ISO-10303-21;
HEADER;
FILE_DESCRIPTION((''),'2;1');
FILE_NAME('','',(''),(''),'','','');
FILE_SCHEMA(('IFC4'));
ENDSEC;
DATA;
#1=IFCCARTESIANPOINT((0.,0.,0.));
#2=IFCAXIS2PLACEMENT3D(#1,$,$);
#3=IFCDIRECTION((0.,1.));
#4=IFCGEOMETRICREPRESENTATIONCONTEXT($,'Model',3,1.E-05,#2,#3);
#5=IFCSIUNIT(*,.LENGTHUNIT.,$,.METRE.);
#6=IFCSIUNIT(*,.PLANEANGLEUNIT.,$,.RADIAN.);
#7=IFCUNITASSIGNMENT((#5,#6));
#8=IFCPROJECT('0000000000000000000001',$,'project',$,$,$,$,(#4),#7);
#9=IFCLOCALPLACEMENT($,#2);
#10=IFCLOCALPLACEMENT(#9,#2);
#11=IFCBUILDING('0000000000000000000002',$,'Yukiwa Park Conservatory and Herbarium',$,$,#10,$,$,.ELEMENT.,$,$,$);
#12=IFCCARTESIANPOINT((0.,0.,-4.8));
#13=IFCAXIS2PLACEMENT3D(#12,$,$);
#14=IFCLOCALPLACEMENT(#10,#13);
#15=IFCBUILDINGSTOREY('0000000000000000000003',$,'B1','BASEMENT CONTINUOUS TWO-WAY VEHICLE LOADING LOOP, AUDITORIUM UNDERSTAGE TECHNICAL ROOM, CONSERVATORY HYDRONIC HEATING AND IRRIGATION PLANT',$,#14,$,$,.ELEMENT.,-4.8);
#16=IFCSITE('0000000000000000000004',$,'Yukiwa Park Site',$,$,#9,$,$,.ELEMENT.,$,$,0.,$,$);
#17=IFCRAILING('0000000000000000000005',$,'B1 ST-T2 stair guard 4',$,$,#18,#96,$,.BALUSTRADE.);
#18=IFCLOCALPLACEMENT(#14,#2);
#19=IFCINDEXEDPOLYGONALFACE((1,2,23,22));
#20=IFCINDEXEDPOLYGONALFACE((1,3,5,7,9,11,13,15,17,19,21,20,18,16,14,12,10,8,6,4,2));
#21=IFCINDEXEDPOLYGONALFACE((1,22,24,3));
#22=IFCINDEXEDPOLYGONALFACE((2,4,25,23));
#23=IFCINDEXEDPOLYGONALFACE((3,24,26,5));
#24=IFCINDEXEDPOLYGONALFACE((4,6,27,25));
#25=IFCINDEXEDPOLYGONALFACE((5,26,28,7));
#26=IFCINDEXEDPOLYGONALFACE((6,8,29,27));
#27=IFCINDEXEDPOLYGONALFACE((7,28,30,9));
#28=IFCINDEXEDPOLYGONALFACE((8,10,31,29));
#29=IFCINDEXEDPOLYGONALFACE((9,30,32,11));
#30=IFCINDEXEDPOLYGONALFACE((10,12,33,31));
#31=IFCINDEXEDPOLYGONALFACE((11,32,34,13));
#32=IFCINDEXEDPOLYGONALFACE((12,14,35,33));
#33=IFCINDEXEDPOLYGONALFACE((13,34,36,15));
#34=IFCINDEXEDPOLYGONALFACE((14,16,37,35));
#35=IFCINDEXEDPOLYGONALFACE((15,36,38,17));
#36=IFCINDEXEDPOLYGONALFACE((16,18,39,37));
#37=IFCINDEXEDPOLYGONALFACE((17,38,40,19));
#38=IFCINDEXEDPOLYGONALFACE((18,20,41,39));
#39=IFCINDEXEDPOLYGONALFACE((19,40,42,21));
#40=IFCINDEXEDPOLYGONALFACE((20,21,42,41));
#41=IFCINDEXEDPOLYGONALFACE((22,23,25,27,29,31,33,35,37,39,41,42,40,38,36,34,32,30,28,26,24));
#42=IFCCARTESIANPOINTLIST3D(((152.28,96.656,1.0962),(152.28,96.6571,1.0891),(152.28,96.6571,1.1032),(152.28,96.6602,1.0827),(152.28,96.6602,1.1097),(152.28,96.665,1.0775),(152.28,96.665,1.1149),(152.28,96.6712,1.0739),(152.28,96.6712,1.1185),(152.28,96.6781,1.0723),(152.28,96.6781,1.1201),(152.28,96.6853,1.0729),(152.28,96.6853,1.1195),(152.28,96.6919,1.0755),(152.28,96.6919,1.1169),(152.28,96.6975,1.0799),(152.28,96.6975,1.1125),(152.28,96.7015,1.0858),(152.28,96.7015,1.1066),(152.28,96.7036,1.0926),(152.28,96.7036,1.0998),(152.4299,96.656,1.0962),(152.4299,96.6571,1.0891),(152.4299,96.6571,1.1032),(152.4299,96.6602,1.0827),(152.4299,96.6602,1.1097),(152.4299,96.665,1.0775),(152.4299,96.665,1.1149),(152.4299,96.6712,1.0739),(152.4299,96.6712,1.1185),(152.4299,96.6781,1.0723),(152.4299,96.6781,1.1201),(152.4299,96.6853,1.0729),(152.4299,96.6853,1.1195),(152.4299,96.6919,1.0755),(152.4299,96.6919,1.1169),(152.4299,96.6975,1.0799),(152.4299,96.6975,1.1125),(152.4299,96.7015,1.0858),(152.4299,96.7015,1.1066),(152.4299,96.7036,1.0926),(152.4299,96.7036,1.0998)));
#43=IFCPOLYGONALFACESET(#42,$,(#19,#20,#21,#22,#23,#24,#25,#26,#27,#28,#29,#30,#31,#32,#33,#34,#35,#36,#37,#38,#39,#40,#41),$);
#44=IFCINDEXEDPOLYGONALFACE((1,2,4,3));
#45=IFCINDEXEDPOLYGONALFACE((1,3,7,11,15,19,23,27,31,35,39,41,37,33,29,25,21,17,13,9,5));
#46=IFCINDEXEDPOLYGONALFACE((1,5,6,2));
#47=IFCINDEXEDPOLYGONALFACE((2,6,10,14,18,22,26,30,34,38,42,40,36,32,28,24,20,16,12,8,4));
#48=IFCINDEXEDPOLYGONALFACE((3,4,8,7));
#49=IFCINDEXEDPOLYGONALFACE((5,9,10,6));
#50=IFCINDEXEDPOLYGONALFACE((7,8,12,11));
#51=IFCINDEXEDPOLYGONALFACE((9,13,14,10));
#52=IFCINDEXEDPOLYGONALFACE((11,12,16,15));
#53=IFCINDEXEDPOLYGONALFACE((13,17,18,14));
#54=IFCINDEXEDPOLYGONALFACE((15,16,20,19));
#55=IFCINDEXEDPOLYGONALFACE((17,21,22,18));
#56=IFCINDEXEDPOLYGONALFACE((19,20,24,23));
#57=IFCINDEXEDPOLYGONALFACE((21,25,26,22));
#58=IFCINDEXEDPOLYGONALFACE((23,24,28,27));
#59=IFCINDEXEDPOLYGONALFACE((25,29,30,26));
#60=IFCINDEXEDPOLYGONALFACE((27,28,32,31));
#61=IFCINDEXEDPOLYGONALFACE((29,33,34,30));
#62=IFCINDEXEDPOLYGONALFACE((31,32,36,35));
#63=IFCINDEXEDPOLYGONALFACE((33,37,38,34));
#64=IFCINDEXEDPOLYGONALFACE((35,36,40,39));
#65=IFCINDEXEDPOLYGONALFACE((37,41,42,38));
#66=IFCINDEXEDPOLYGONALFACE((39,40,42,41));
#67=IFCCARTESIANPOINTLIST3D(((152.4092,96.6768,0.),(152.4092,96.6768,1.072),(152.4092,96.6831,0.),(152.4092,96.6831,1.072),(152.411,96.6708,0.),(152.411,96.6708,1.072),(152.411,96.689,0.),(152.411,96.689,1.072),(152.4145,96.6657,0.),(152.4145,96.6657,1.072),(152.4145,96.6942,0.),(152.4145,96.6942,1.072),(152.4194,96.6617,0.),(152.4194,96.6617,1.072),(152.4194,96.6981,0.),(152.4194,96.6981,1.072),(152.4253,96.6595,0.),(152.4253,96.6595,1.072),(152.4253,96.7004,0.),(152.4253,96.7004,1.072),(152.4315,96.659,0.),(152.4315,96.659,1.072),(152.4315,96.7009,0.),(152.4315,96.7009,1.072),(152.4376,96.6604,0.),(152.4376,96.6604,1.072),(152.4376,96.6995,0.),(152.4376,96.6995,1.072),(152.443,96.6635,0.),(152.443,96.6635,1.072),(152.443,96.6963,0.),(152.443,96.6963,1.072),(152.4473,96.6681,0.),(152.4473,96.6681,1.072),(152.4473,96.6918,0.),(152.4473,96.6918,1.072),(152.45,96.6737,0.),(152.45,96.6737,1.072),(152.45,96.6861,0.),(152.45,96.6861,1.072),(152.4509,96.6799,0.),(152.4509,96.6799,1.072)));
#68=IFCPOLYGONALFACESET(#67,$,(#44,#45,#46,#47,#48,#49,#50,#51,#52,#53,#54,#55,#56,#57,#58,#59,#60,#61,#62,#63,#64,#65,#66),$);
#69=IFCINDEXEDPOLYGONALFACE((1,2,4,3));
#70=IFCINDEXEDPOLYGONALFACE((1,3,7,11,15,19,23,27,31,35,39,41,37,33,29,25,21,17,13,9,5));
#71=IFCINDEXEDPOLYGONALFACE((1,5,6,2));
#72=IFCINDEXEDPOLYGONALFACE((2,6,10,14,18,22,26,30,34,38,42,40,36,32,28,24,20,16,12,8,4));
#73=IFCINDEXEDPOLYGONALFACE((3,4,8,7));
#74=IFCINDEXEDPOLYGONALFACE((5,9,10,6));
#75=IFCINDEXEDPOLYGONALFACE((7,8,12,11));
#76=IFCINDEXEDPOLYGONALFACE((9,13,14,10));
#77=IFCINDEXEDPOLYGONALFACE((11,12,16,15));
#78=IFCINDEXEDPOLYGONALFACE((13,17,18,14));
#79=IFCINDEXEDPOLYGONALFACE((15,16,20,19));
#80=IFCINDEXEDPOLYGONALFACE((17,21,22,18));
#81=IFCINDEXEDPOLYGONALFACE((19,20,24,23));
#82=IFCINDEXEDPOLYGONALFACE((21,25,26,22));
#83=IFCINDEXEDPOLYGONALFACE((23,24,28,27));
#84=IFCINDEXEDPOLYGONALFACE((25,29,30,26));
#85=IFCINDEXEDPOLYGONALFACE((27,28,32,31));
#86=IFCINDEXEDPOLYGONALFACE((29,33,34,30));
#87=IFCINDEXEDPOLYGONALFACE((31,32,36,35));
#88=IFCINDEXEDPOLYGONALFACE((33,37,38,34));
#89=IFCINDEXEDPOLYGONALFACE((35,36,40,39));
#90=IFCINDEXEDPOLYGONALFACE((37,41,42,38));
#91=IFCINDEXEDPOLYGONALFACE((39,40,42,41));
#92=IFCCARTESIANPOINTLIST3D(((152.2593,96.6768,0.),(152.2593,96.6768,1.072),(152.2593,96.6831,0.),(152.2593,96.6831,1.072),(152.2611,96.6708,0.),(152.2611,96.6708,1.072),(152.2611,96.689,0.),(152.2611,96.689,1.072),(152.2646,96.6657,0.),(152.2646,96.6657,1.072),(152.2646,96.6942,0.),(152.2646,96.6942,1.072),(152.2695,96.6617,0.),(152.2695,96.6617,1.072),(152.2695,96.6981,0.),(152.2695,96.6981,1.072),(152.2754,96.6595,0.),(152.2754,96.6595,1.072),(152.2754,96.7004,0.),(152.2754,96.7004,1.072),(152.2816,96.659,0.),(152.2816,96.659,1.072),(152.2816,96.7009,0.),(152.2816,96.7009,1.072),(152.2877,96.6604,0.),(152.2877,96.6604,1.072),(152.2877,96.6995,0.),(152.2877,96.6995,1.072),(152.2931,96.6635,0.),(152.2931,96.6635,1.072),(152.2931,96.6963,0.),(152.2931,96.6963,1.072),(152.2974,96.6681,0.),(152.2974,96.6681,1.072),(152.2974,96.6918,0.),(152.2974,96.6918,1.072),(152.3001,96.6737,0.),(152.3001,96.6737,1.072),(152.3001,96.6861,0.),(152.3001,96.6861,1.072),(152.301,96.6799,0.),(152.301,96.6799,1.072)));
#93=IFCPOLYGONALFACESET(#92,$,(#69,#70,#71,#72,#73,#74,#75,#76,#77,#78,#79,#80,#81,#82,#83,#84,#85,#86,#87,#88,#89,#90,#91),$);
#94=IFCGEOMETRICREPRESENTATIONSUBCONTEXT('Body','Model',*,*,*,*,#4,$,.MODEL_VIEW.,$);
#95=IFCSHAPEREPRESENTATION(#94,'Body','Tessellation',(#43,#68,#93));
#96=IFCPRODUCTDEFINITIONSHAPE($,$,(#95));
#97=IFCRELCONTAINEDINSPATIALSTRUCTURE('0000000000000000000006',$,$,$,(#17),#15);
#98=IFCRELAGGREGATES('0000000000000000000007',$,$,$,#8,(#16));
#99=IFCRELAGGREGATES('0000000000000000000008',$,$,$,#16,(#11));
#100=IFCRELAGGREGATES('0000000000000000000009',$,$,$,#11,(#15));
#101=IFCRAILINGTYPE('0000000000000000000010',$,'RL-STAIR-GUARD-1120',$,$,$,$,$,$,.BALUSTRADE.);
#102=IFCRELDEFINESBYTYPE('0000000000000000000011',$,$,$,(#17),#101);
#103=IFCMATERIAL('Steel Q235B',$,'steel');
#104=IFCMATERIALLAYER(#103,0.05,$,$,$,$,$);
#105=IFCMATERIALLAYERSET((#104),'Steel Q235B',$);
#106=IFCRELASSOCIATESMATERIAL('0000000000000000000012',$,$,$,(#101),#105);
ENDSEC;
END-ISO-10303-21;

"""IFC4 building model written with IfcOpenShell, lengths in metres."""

from ifc_helpers import new_model, si_unit, direction, frame, origin, origin_2d, place, context, subcontext, project, spatial, circle, extrude, material, layer, layer_set, type_object, element, save


model = new_model("IFC4")

# Units and contexts
model_context = context("Model", 3, precision=1e-05, world=origin(), true_north=direction((0.0, 1.0)))
body_context = subcontext(model_context, "Body", "Model", "MODEL_VIEW")
ifc_project = project(units=[si_unit("LENGTHUNIT", "METRE"), si_unit("PLANEANGLEUNIT", "RADIAN")], contexts=[model_context])

# Site, building, storey
site_placement = place(None, origin())
site = spatial("IfcSite", under=ifc_project, at=site_placement, Name="Yukiwa Park Site", CompositionType="ELEMENT", RefElevation=0.0)
building_placement = place(site_placement, origin())
building = spatial("IfcBuilding", under=site, at=building_placement, Name="Yukiwa Park Conservatory and Herbarium", CompositionType="ELEMENT")
storey_placement = place(building_placement, frame((0.0, 0.0, -4.8)))
storey = spatial("IfcBuildingStorey", under=building, at=storey_placement, Name="B1", Description="BASEMENT CONTINUOUS TWO-WAY VEHICLE LOADING LOOP, AUDITORIUM UNDERSTAGE TECHNICAL ROOM, CONSERVATORY HYDRONIC HEATING AND IRRIGATION PLANT", CompositionType="ELEMENT", Elevation=-4.8)

# Railing
ifc_material_1 = material(Name="Steel Q235B", Category="steel")
ifc_layer_1 = layer(ifc_material_1, 0.05)
ifc_layer_set_1 = layer_set([ifc_layer_1], Name="Steel Q235B")
railing_type_1 = type_object("IfcRailingType", Name="RL-STAIR-GUARD-1120", PredefinedType="BALUSTRADE", material=ifc_layer_set_1)
railing_1_placement = place(storey_placement, frame((152.4299, 96.6799, 0.0)))
element("IfcRailing", 1, at=railing_1_placement, inside=storey, type_object=railing_type_1, Name="B1 ST-T2 stair guard 4", PredefinedType="BALUSTRADE", context=body_context, shape_type="SweptSolid", body=[
    extrude(circle(Radius=0.0239, at=origin_2d()), frame((0.0, 0.0, 1.0962), z_axis=(-1.0, 0.0, 0.0), x_axis=(0.0, -1.0, 0.0)), (0.0, 0.0, 1.0), 0.1499),
    extrude(circle(Radius=0.021, at=origin_2d()), origin(), (0.0, 0.0, 1.0), 1.072),
    extrude(circle(Radius=0.021, at=origin_2d()), frame((-0.1499, 0.0, 0.0)), (0.0, 0.0, 1.0), 1.072),
])

save(model, "model.ifc")
